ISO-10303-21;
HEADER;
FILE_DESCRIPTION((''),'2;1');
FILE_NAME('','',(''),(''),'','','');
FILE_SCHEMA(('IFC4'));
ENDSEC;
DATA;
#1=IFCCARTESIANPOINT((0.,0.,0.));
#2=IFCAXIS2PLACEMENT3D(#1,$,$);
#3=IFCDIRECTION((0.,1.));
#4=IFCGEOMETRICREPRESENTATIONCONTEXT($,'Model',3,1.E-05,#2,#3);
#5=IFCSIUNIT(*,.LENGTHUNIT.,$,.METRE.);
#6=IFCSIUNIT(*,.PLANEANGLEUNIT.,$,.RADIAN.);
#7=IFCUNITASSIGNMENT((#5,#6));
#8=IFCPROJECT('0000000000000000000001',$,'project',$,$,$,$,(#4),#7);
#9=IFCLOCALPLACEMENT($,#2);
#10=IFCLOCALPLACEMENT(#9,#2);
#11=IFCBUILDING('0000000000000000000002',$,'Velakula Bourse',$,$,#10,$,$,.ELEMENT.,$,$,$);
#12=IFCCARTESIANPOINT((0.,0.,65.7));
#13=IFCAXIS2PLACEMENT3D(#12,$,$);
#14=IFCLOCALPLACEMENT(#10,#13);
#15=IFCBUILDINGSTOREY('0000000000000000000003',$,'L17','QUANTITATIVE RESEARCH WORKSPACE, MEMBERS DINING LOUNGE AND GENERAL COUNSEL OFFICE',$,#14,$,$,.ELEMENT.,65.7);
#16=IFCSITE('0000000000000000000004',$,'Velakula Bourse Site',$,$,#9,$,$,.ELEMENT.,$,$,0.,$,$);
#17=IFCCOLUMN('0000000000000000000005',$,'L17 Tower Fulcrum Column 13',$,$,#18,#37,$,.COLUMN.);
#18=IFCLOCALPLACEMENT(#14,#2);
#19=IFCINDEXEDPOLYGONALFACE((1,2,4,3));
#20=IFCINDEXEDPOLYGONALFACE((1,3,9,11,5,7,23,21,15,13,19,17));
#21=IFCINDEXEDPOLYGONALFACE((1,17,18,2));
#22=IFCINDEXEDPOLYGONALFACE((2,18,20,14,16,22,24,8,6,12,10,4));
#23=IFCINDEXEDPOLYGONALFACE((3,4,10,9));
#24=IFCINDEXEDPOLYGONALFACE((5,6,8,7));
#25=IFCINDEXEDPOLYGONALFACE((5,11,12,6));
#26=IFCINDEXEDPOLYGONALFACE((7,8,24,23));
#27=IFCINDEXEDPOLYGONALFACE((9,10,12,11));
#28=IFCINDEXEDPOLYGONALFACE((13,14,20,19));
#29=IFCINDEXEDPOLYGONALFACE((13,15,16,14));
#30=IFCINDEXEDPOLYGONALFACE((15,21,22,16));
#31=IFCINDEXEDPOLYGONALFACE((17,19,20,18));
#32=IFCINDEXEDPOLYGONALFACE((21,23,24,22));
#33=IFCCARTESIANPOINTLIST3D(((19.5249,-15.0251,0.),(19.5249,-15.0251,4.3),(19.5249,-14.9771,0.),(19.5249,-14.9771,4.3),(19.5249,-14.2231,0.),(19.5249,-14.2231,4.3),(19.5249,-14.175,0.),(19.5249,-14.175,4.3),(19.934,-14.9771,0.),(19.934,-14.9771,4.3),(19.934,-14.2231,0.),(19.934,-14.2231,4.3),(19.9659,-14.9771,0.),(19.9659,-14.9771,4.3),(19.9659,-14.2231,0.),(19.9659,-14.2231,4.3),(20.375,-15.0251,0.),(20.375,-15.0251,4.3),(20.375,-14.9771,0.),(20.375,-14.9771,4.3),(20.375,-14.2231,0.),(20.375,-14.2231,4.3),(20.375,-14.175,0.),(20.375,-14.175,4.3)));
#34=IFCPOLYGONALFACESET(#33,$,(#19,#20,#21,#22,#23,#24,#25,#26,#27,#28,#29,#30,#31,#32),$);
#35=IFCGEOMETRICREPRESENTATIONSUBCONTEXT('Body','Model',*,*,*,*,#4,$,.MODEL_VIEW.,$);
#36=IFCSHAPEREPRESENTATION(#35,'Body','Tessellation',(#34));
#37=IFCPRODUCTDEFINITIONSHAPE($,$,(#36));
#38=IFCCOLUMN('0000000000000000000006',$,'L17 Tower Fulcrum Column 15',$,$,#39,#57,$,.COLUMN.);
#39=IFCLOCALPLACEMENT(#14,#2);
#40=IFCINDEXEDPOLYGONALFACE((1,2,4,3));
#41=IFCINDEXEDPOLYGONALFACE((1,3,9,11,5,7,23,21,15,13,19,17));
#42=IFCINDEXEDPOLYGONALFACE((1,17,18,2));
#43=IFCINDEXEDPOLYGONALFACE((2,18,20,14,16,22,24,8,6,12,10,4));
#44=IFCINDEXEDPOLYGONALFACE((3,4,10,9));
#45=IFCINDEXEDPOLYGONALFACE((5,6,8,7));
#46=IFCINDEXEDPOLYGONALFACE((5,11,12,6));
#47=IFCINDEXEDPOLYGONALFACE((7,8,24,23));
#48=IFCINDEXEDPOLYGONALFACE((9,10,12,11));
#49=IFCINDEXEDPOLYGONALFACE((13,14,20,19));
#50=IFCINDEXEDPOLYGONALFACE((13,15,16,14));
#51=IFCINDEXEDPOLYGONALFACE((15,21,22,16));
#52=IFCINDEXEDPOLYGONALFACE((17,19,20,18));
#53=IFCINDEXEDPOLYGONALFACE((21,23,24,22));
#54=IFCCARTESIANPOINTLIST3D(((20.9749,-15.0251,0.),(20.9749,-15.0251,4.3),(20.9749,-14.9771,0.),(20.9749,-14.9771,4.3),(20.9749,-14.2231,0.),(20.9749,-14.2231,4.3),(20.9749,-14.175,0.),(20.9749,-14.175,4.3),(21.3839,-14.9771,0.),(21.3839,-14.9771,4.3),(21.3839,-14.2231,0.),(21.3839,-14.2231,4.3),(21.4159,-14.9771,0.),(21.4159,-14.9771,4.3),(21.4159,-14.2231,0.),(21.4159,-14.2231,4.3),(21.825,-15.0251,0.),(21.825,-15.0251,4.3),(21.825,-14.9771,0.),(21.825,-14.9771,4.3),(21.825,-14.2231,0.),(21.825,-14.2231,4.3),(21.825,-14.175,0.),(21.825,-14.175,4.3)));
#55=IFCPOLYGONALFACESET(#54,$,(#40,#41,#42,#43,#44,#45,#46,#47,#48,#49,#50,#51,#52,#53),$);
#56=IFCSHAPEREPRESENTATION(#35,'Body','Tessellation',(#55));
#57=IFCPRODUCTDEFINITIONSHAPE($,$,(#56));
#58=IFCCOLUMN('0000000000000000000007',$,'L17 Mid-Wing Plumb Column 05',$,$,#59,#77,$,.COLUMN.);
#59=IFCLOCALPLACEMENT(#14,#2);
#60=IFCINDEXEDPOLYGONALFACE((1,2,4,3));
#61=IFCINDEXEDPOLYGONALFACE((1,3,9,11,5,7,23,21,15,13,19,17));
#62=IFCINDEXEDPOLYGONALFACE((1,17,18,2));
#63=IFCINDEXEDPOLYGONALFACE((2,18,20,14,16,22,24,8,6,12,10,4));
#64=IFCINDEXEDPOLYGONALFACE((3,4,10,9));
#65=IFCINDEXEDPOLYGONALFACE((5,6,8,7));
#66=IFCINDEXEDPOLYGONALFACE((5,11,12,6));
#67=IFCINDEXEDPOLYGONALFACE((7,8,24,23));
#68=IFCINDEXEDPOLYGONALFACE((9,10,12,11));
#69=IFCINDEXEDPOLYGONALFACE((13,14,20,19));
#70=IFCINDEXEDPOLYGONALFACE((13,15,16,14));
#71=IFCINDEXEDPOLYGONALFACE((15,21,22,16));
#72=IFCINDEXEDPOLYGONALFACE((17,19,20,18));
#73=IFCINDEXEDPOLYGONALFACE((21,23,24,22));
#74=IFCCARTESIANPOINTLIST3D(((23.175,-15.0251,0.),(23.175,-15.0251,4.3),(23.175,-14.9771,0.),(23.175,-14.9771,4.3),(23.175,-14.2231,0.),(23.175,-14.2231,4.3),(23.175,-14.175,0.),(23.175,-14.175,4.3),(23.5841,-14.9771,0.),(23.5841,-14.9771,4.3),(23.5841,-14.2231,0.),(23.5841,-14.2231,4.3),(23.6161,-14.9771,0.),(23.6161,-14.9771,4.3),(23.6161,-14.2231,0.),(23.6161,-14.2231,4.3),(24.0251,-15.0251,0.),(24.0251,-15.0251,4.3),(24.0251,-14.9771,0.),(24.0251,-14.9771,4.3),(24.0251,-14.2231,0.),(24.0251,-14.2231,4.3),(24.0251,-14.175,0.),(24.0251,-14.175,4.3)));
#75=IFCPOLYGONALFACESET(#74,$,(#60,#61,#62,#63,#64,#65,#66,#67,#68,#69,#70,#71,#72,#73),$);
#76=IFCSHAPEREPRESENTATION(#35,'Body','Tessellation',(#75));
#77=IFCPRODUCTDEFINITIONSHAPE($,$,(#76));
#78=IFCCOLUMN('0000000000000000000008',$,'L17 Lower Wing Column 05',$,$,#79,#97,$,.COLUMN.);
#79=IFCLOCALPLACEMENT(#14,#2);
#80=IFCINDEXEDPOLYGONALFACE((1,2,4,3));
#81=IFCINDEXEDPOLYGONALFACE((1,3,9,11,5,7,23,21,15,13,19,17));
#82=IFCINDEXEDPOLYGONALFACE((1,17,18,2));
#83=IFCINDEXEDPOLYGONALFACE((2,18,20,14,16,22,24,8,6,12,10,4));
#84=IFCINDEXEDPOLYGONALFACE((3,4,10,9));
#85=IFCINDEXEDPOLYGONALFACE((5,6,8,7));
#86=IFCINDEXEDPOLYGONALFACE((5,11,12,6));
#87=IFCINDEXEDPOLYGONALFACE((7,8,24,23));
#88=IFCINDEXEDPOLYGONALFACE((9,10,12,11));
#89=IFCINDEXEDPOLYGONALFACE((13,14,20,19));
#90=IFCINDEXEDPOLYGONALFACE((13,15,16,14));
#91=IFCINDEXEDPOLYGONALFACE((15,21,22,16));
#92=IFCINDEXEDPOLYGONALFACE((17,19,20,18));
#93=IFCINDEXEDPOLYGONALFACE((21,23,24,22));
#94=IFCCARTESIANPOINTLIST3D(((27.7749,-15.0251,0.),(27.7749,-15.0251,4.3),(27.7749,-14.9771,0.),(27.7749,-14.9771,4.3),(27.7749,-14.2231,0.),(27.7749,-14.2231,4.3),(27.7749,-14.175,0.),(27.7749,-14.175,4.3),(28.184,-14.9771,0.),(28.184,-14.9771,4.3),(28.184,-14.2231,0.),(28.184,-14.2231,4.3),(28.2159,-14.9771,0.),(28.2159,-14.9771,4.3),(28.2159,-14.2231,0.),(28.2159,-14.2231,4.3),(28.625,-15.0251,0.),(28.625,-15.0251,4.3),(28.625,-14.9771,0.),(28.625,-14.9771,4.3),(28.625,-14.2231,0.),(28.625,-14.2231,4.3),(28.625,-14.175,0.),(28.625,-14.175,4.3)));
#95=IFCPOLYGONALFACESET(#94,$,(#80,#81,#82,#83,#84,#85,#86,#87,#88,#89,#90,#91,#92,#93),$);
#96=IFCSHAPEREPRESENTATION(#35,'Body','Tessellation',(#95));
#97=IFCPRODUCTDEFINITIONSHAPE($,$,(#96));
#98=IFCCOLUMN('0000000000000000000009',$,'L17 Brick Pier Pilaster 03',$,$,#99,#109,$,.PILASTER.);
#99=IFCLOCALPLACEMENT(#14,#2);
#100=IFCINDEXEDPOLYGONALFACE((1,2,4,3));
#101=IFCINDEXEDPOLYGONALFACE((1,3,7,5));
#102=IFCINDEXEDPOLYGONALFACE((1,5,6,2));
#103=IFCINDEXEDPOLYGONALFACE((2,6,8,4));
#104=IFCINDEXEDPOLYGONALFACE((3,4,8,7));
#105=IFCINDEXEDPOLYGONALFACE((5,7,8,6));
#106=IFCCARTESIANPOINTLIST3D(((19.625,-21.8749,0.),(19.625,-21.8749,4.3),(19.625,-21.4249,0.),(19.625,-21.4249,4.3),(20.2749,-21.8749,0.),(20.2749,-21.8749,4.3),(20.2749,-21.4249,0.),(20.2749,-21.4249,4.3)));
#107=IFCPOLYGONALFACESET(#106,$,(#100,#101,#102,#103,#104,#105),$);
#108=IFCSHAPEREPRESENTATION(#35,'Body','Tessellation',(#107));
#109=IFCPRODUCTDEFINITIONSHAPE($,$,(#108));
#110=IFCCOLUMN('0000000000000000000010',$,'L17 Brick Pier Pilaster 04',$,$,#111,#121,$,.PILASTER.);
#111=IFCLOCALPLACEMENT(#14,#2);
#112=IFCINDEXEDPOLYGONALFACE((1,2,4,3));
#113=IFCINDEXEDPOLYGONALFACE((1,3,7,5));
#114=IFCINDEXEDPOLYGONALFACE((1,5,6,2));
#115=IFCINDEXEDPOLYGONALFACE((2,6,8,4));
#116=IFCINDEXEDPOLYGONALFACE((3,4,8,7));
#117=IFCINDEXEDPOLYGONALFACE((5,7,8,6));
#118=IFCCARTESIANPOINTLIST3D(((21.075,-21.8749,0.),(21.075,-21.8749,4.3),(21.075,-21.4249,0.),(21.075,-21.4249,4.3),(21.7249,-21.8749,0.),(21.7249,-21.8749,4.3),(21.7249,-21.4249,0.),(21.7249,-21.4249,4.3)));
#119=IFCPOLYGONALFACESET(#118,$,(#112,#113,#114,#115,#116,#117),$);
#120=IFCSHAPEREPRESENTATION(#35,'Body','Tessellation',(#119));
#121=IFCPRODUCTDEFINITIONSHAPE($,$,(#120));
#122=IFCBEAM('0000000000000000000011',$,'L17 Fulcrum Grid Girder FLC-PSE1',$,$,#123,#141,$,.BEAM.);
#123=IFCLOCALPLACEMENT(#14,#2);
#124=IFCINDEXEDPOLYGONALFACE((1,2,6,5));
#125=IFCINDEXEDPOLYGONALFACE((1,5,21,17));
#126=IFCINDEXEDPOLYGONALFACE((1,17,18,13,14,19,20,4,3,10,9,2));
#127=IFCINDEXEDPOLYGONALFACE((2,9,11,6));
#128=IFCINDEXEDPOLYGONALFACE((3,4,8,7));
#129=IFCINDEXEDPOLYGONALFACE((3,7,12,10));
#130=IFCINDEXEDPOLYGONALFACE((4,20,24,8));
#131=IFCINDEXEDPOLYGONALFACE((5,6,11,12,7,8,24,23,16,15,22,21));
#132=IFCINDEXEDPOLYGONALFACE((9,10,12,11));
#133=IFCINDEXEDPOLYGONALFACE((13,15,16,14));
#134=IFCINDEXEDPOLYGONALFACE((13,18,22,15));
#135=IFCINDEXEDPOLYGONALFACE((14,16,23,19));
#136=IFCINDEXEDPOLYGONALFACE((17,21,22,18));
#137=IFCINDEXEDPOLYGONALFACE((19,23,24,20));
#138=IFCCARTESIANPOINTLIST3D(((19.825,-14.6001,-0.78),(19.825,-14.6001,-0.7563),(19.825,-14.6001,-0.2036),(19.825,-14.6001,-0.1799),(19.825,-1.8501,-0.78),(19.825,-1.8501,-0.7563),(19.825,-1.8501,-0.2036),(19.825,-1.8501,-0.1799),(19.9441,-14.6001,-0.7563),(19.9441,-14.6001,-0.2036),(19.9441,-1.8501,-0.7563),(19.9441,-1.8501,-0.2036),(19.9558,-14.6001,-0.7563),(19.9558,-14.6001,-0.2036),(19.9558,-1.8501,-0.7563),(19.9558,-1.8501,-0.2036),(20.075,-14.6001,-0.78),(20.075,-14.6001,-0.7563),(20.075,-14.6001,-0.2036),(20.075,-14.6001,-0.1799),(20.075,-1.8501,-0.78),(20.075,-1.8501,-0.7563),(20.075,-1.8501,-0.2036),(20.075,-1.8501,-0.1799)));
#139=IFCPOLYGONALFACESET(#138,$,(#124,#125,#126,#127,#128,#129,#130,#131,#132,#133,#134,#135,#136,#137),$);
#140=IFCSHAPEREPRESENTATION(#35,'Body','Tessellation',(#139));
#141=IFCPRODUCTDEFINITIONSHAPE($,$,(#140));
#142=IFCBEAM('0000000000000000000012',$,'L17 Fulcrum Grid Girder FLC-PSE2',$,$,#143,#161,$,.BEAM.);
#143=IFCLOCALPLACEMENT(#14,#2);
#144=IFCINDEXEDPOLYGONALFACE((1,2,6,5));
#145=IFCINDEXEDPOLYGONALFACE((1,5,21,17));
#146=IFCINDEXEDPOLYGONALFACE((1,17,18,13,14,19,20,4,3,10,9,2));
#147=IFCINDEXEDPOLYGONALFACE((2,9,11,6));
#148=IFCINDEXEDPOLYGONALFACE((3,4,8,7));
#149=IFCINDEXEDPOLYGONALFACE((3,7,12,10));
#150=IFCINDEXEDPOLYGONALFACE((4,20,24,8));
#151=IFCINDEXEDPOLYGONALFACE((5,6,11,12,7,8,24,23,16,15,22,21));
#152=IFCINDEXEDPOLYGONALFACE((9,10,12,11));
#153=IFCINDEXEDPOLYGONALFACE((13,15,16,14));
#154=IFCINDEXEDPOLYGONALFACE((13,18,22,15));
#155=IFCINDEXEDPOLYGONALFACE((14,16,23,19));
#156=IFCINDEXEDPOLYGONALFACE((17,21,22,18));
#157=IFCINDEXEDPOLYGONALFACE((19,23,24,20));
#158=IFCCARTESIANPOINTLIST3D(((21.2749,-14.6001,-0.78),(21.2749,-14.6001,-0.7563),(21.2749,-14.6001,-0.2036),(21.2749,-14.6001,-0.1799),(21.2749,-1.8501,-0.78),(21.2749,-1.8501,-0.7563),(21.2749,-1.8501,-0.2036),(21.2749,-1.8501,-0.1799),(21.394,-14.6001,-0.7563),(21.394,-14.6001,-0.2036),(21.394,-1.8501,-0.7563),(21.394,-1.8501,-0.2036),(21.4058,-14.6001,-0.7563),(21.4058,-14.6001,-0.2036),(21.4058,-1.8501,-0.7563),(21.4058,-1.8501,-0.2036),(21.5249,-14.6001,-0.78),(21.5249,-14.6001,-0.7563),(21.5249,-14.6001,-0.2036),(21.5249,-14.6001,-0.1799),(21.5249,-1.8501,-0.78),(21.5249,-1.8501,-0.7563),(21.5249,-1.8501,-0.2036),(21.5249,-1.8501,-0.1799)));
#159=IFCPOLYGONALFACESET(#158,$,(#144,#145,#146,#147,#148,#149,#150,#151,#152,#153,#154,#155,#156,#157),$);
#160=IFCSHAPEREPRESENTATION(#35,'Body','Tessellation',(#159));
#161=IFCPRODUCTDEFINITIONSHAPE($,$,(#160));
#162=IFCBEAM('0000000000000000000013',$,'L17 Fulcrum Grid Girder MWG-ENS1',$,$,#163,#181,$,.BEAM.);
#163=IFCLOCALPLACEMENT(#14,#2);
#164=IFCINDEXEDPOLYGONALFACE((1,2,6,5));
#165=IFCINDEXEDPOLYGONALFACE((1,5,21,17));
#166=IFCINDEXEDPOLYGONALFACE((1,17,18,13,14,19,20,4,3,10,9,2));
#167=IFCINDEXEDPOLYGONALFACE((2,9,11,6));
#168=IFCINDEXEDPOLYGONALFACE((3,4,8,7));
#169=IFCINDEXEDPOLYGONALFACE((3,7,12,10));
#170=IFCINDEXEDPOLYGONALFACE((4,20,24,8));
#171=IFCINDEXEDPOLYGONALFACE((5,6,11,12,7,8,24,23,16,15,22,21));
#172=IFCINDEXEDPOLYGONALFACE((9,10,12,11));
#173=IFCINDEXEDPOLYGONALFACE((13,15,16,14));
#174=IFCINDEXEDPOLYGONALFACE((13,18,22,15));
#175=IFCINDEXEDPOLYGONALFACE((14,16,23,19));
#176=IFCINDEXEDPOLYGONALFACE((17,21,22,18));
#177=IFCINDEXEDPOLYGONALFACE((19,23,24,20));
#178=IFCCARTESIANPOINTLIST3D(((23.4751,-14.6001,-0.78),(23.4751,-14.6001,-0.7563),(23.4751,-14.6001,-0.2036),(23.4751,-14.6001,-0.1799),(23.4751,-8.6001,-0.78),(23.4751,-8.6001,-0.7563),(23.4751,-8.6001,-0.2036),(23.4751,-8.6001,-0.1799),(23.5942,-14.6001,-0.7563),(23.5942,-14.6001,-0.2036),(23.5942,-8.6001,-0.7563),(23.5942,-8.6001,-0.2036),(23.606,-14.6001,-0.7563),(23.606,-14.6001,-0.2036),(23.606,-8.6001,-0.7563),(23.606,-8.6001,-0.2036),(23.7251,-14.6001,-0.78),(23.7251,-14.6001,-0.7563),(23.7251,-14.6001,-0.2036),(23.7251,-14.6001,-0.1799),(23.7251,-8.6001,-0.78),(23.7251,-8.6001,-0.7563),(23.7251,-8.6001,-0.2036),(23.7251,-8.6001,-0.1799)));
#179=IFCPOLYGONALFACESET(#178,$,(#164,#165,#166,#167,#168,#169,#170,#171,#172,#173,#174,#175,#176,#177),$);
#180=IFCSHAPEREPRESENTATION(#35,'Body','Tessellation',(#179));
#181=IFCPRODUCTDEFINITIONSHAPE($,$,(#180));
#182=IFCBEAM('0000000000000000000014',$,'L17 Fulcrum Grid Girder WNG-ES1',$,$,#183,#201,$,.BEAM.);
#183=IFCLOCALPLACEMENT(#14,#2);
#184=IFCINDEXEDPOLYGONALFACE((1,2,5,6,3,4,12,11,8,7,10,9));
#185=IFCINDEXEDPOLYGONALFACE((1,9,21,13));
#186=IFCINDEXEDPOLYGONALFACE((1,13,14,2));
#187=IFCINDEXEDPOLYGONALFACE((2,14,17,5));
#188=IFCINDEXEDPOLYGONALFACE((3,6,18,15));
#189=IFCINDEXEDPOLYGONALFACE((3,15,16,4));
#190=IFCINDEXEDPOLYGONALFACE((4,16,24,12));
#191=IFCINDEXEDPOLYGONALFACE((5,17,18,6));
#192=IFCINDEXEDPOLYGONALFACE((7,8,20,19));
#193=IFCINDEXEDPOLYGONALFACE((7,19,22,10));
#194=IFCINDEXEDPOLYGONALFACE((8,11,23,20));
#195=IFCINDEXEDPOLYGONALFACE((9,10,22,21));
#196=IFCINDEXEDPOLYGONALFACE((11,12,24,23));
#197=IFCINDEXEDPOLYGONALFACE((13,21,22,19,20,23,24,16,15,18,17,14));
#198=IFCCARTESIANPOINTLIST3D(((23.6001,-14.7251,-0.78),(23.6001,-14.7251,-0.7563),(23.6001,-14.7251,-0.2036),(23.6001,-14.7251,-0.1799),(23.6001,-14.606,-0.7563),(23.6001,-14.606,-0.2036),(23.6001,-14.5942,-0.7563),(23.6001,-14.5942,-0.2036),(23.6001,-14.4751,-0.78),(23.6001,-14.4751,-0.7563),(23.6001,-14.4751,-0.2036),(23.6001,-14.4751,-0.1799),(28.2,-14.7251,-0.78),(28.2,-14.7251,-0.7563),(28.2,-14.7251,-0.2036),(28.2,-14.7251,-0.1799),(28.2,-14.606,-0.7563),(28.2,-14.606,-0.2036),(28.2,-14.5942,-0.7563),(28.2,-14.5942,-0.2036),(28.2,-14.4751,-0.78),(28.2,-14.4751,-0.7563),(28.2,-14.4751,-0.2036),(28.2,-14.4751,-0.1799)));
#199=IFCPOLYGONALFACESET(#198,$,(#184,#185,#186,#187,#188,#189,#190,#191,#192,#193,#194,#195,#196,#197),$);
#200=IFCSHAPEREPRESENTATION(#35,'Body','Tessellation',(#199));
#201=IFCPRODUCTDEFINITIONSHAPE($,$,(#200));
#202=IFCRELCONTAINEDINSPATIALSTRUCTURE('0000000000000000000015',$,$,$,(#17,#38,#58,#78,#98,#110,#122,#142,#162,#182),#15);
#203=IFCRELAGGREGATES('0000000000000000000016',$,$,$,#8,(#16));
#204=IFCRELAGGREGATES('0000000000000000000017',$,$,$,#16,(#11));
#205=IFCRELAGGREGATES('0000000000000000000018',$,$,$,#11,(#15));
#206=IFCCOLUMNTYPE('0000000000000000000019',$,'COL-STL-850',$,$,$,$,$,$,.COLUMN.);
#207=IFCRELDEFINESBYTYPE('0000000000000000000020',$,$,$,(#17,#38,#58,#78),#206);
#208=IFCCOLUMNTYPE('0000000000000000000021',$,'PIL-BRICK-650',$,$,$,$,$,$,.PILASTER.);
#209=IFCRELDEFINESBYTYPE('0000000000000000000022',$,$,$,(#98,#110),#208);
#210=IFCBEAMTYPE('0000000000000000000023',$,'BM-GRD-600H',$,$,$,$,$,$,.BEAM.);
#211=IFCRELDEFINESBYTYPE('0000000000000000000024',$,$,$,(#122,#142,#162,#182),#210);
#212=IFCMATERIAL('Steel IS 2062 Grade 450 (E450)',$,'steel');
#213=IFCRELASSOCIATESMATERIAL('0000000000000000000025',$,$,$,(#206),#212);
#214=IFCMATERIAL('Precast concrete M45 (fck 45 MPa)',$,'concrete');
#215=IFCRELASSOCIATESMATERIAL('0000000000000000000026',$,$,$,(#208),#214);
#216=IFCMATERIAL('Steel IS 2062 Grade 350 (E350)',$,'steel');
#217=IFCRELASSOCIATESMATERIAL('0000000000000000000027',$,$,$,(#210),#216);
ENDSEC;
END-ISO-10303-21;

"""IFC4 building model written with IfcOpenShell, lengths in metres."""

from ifc_helpers import new_model, si_unit, direction, frame, origin, origin_2d, place, context, subcontext, project, spatial, rectangle, i_section, extrude, material, material_profile, profile_set, type_object, element, save


model = new_model("IFC4")

# Units and contexts
model_context = context("Model", 3, precision=1e-05, world=origin(), true_north=direction((0.0, 1.0)))
body_context = subcontext(model_context, "Body", "Model", "MODEL_VIEW")
ifc_project = project(units=[si_unit("LENGTHUNIT", "METRE"), si_unit("PLANEANGLEUNIT", "RADIAN")], contexts=[model_context])

# Site, building, storey
site_placement = place(None, origin())
site = spatial("IfcSite", under=ifc_project, at=site_placement, Name="Velakula Bourse Site", CompositionType="ELEMENT", RefElevation=0.0)
building_placement = place(site_placement, origin())
building = spatial("IfcBuilding", under=site, at=building_placement, Name="Velakula Bourse", CompositionType="ELEMENT")
storey_placement = place(building_placement, frame((0.0, 0.0, 65.7)))
storey = spatial("IfcBuildingStorey", under=building, at=storey_placement, Name="L17", Description="QUANTITATIVE RESEARCH WORKSPACE, MEMBERS DINING LOUNGE AND GENERAL COUNSEL OFFICE", CompositionType="ELEMENT", Elevation=65.7)

# Columns
ifc_material_1 = material(Name="Steel IS 2062 Grade 450 (E450)", Category="steel")
ifc_material_profile_1 = material_profile(ifc_material_1, i_section(OverallWidth=0.8501, OverallDepth=0.8501, WebThickness=0.032, FlangeThickness=0.0481, at=origin_2d()), Name="Steel IS 2062 Grade 450 (E450)")
ifc_profile_set_1 = profile_set([ifc_material_profile_1], Name="Steel IS 2062 Grade 450 (E450)")
column_type_1 = type_object("IfcColumnType", Name="COL-STL-850", PredefinedType="COLUMN", material=ifc_profile_set_1)
for number, where, z_axis, x_axis, name in (
    (1, (19.95, -14.6001, 0.0), (0.0, 0.0, 1.0), (1.0, 0.0, 0.0), "L17 Tower Fulcrum Column 13"),
    (2, (21.3999, -14.6001, 0.0), (0.0, 0.0, 1.0), (1.0, 0.0, 0.0), "L17 Tower Fulcrum Column 15"),
    (3, (23.6001, -14.6001, 0.0), (0.0, 0.0, 1.0), (1.0, 0.0, 0.0), "L17 Mid-Wing Plumb Column 05"),
    (4, (28.2, -14.6001, 0.0), (0.0, 0.0, 1.0), (1.0, 0.0, 0.0), "L17 Lower Wing Column 05"),
):
    element("IfcColumn", number, at=place(storey_placement, frame(where, z_axis=z_axis, x_axis=x_axis)), inside=storey, type_object=column_type_1, Name=name, PredefinedType="COLUMN", context=body_context, shape_type="SweptSolid", body=[
        extrude(i_section(OverallWidth=0.8501, OverallDepth=0.8501, WebThickness=0.032, FlangeThickness=0.0481, at=origin_2d()), origin(), (0.0, 0.0, 1.0), 4.3),
    ])
ifc_material_2 = material(Name="Precast concrete M45 (fck 45 MPa)", Category="concrete")
ifc_material_profile_2 = material_profile(ifc_material_2, rectangle(XDim=0.6499, YDim=0.45, at=origin_2d()), Name="Precast concrete M45 (fck 45 MPa)")
ifc_profile_set_2 = profile_set([ifc_material_profile_2], Name="Precast concrete M45 (fck 45 MPa)")
column_type_2 = type_object("IfcColumnType", Name="PIL-BRICK-650", PredefinedType="PILASTER", material=ifc_profile_set_2)
for number, where, z_axis, x_axis, name in (
    (5, (19.95, -21.6499, 0.0), (0.0, 0.0, 1.0), (1.0, 0.0, 0.0), "L17 Brick Pier Pilaster 03"),
    (6, (21.3999, -21.6499, 0.0), (0.0, 0.0, 1.0), (1.0, 0.0, 0.0), "L17 Brick Pier Pilaster 04"),
):
    element("IfcColumn", number, at=place(storey_placement, frame(where, z_axis=z_axis, x_axis=x_axis)), inside=storey, type_object=column_type_2, Name=name, PredefinedType="PILASTER", context=body_context, shape_type="SweptSolid", body=[
        extrude(rectangle(XDim=0.6499, YDim=0.45, at=origin_2d()), origin(), (0.0, 0.0, 1.0), 4.3),
    ])

# Beams
ifc_material_3 = material(Name="Steel IS 2062 Grade 350 (E350)", Category="steel")
ifc_material_profile_3 = material_profile(ifc_material_3, i_section(OverallWidth=0.25, OverallDepth=0.6001, WebThickness=0.0117, FlangeThickness=0.0237, at=origin_2d()), Name="Steel IS 2062 Grade 350 (E350)")
ifc_profile_set_3 = profile_set([ifc_material_profile_3], Name="Steel IS 2062 Grade 350 (E350)")
beam_type_1 = type_object("IfcBeamType", Name="BM-GRD-600H", PredefinedType="BEAM", material=ifc_profile_set_3)
for number, where, z_axis, x_axis, name in (
    (7, (19.95, -14.6001, -0.48), (0.0, 1.0, 0.0), (-1.0, 0.0, 0.0), "L17 Fulcrum Grid Girder FLC-PSE1"),
    (8, (21.3999, -14.6001, -0.48), (0.0, 1.0, 0.0), (-1.0, 0.0, 0.0), "L17 Fulcrum Grid Girder FLC-PSE2"),
):
    element("IfcBeam", number, at=place(storey_placement, frame(where, z_axis=z_axis, x_axis=x_axis)), inside=storey, type_object=beam_type_1, Name=name, PredefinedType="BEAM", context=body_context, shape_type="SweptSolid", body=[
        extrude(i_section(OverallWidth=0.25, OverallDepth=0.6001, WebThickness=0.0117, FlangeThickness=0.0237, at=origin_2d()), origin(), (0.0, 0.0, 1.0), 12.75),
    ])
beam_1_placement = place(storey_placement, frame((23.6001, -14.6001, -0.48), z_axis=(0.0, 1.0, 0.0), x_axis=(-1.0, 0.0, 0.0)))
element("IfcBeam", 9, at=beam_1_placement, inside=storey, type_object=beam_type_1, Name="L17 Fulcrum Grid Girder MWG-ENS1", PredefinedType="BEAM", context=body_context, shape_type="SweptSolid", body=[
    extrude(i_section(OverallWidth=0.25, OverallDepth=0.6001, WebThickness=0.0117, FlangeThickness=0.0237, at=origin_2d()), origin(), (0.0, 0.0, 1.0), 6.0),
])
beam_2_placement = place(storey_placement, frame((23.6001, -14.6001, -0.48), z_axis=(1.0, 0.0, 0.0), x_axis=(0.0, 1.0, 0.0)))
element("IfcBeam", 10, at=beam_2_placement, inside=storey, type_object=beam_type_1, Name="L17 Fulcrum Grid Girder WNG-ES1", PredefinedType="BEAM", context=body_context, shape_type="SweptSolid", body=[
    extrude(i_section(OverallWidth=0.25, OverallDepth=0.6001, WebThickness=0.0117, FlangeThickness=0.0237, at=origin_2d()), origin(), (0.0, 0.0, 1.0), 4.5999),
])

save(model, "model.ifc")
